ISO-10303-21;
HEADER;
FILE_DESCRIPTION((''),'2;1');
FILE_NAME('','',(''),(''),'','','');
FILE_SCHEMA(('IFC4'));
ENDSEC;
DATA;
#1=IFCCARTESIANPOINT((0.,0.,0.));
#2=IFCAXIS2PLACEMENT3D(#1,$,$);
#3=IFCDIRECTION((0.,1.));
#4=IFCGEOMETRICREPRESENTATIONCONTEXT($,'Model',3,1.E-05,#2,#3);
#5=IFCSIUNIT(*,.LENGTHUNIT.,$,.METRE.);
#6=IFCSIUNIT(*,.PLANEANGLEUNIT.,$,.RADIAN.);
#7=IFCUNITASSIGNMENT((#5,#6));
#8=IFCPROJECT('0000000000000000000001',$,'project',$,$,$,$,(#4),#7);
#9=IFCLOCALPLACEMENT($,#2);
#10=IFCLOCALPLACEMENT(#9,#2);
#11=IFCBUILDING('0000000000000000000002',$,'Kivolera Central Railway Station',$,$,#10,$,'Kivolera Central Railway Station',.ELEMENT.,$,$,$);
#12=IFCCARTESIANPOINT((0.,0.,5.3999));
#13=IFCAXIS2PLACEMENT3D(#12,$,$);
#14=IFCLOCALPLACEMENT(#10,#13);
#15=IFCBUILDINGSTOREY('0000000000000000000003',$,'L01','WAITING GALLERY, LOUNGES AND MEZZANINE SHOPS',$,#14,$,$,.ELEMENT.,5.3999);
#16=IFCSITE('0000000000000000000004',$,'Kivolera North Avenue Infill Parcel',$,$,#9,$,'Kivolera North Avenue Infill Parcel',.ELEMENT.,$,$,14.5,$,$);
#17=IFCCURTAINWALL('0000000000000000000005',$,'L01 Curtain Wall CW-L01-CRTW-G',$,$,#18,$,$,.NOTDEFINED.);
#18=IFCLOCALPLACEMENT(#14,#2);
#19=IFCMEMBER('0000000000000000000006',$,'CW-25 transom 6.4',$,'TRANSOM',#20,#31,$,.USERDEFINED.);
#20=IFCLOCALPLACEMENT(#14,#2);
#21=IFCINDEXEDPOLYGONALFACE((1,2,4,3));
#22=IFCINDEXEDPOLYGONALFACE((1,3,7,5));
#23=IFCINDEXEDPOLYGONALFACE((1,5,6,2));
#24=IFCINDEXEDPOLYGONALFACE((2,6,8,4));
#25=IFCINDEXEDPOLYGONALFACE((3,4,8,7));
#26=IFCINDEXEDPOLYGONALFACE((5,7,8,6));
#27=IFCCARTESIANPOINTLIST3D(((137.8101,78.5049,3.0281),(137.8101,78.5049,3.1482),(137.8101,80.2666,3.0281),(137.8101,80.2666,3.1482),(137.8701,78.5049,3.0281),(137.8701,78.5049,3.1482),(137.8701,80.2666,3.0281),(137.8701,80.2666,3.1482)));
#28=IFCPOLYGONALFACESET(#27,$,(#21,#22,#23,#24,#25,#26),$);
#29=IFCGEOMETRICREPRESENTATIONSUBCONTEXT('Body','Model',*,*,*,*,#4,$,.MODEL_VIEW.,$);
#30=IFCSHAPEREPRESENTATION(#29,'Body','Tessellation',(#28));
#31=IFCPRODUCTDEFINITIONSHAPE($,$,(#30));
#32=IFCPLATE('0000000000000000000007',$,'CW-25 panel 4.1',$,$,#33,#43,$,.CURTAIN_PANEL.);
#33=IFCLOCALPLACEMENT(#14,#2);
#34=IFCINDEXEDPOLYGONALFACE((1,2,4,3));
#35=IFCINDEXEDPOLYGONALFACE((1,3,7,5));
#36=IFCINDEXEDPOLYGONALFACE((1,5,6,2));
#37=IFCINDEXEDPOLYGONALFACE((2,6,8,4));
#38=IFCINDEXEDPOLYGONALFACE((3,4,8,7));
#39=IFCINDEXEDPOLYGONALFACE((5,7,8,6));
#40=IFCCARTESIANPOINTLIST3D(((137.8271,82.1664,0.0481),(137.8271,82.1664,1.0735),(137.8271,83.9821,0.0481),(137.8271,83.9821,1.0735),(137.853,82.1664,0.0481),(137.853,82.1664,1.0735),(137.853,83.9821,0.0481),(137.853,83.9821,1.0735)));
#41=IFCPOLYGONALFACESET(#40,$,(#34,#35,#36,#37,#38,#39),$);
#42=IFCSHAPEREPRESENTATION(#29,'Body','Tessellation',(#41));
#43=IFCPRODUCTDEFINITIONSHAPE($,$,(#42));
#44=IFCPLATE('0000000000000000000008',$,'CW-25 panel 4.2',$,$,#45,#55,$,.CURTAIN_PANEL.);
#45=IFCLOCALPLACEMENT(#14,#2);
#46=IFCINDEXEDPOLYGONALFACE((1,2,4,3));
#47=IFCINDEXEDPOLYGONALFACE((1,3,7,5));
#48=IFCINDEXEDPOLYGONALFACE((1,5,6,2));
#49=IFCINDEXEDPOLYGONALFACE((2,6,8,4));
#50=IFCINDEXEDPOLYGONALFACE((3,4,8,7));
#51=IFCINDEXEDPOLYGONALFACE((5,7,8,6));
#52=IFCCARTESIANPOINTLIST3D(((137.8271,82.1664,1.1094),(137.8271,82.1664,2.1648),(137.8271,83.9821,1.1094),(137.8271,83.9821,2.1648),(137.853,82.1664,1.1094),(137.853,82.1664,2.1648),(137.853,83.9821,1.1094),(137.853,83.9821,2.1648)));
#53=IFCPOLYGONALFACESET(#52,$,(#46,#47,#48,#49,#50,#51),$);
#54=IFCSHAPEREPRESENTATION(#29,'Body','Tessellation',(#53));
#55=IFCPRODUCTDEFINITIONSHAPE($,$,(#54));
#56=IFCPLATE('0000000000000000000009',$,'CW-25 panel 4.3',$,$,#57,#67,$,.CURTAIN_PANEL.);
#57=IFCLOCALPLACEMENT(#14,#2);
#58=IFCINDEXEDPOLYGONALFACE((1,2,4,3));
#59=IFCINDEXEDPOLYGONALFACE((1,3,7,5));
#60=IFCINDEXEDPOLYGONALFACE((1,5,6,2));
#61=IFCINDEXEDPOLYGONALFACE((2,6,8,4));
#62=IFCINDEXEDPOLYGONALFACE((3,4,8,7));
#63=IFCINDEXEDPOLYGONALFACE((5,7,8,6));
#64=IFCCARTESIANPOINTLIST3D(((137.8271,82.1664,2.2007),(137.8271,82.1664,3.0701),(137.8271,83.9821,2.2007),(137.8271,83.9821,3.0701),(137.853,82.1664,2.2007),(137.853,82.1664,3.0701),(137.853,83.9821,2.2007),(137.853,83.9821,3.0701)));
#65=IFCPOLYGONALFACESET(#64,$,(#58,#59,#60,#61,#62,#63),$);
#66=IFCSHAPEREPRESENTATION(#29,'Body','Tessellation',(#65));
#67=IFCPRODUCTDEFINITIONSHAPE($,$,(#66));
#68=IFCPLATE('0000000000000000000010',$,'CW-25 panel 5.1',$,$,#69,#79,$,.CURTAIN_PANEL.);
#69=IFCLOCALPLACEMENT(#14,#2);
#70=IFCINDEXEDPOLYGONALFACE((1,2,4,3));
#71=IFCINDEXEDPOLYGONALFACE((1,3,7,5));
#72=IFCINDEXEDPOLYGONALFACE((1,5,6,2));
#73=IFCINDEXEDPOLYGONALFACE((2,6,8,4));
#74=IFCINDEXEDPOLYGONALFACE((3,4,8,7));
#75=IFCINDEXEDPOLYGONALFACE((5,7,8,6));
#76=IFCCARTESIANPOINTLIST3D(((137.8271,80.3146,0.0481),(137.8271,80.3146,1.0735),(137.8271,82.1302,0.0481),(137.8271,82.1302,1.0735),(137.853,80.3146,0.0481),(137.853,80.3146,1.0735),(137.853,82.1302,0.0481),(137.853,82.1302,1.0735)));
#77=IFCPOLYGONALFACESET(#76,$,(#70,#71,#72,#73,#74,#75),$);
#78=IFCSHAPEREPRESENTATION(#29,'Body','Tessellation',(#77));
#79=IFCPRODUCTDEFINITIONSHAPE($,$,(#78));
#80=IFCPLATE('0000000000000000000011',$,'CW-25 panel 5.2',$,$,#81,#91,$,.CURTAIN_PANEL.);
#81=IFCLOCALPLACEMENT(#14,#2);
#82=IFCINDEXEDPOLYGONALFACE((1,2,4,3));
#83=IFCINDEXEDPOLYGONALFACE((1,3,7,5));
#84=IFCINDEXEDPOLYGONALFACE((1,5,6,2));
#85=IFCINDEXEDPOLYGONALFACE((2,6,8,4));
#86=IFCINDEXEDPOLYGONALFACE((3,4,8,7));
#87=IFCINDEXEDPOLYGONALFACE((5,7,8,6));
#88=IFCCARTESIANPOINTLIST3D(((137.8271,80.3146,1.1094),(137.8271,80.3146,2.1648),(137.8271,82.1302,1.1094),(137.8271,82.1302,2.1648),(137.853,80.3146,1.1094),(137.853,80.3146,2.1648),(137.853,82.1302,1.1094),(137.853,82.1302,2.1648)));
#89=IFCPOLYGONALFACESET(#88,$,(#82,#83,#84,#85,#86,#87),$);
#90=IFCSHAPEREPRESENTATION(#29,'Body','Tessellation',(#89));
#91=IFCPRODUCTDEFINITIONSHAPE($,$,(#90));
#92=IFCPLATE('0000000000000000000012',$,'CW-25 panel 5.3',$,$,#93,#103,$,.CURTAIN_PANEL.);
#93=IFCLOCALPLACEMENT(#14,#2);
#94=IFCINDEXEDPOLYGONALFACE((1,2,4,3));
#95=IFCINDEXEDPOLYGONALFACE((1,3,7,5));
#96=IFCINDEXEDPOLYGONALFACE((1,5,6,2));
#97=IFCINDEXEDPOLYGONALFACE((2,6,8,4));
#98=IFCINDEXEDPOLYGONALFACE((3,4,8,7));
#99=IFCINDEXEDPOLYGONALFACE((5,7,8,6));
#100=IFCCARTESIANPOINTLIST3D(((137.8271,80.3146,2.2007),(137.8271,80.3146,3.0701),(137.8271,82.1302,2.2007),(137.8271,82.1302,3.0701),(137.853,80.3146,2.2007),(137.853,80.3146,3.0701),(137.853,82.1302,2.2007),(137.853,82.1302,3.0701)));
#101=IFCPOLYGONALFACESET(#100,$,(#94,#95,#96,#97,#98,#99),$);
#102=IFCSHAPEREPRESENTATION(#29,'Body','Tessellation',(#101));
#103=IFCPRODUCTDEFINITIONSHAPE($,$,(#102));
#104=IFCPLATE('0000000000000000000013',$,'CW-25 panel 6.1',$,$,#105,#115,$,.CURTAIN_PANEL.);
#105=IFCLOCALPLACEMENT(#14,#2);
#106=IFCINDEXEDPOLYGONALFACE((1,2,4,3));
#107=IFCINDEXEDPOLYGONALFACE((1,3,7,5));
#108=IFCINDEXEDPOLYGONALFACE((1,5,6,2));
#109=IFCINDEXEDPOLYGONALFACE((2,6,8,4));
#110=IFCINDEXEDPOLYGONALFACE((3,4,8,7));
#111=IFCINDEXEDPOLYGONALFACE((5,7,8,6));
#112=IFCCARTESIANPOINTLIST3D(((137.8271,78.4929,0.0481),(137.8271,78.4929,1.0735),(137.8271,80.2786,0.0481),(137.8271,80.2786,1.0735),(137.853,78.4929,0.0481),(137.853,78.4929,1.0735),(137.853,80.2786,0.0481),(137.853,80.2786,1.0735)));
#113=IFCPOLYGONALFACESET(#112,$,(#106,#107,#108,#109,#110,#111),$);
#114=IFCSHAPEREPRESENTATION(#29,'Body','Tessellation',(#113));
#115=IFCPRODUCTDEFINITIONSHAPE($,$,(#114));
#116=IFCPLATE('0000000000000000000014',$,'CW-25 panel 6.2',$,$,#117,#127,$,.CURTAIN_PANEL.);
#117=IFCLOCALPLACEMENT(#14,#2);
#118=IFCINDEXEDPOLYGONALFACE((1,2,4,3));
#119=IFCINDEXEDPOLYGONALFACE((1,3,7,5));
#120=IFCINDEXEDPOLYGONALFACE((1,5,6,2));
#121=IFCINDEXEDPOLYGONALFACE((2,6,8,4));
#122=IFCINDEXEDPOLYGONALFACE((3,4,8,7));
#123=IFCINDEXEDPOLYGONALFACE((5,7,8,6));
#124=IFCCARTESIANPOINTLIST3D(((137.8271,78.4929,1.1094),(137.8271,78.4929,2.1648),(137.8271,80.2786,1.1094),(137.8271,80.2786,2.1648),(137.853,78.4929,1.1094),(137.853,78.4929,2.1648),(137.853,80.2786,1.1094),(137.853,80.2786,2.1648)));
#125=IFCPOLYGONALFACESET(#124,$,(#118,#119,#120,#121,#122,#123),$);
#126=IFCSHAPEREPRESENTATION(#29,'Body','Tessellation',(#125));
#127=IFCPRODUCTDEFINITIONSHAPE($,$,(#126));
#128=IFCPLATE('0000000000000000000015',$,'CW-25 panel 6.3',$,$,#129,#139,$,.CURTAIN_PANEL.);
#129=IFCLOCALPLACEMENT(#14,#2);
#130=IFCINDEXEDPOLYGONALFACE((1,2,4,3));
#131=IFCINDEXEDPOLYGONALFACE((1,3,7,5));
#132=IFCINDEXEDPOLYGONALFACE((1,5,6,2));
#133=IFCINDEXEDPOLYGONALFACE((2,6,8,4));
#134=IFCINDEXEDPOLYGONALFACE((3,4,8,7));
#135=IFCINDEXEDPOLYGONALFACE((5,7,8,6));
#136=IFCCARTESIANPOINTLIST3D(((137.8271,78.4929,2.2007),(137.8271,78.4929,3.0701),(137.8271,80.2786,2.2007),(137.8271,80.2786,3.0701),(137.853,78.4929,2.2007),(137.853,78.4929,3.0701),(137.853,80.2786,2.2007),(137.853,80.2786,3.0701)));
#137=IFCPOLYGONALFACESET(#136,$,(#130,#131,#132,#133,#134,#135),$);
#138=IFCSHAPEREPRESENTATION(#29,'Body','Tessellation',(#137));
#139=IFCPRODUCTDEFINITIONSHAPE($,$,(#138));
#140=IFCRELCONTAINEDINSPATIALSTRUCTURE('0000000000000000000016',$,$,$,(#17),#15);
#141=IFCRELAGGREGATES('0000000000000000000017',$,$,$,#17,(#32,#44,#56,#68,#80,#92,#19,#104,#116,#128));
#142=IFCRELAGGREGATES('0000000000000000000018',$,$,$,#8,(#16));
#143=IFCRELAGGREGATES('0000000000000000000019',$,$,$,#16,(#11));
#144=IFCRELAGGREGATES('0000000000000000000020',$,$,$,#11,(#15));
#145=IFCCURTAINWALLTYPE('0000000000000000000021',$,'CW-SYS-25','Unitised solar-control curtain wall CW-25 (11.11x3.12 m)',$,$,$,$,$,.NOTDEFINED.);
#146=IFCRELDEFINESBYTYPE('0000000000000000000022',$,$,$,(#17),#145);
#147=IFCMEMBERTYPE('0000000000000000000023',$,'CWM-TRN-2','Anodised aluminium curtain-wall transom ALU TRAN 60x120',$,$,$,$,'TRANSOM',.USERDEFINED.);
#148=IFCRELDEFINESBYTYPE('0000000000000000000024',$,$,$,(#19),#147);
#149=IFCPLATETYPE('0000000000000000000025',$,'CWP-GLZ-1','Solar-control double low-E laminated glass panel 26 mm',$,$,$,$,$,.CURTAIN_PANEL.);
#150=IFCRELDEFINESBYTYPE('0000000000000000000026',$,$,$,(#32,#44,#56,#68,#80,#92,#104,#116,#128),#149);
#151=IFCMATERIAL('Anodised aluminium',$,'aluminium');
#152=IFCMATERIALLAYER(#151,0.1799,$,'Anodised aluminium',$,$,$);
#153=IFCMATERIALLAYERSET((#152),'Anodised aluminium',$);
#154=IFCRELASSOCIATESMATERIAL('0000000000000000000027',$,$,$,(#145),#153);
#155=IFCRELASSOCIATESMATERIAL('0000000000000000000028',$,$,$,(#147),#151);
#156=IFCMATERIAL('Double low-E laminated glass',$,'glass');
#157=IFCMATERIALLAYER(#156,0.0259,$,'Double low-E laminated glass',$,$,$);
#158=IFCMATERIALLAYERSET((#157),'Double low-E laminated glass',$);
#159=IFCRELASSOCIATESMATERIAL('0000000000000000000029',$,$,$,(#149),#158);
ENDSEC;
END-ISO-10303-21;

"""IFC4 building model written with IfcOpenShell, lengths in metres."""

from ifc_helpers import new_model, si_unit, direction, frame, origin, origin_2d, place, context, subcontext, project, spatial, rectangle, extrude, material, layer, layer_set, material_profile, profile_set, type_object, element, aggregate, save


model = new_model("IFC4")

# Units and contexts
model_context = context("Model", 3, precision=1e-05, world=origin(), true_north=direction((0.0, 1.0)))
body_context = subcontext(model_context, "Body", "Model", "MODEL_VIEW")
ifc_project = project(units=[si_unit("LENGTHUNIT", "METRE"), si_unit("PLANEANGLEUNIT", "RADIAN")], contexts=[model_context])

# Site, building, storey
site_placement = place(None, origin())
site = spatial("IfcSite", under=ifc_project, at=site_placement, Name="Kivolera North Avenue Infill Parcel", LongName="Kivolera North Avenue Infill Parcel", CompositionType="ELEMENT", RefElevation=14.5)
building_placement = place(site_placement, origin())
building = spatial("IfcBuilding", under=site, at=building_placement, Name="Kivolera Central Railway Station", LongName="Kivolera Central Railway Station", CompositionType="ELEMENT")
storey_placement = place(building_placement, frame((0.0, 0.0, 5.3999)))
storey = spatial("IfcBuildingStorey", under=building, at=storey_placement, Name="L01", Description="WAITING GALLERY, LOUNGES AND MEZZANINE SHOPS", CompositionType="ELEMENT", Elevation=5.3999)

# Curtain wall, member, plates
ifc_material_1 = material(Name="Anodised aluminium", Category="aluminium")
ifc_layer_1 = layer(ifc_material_1, 0.1799, Name="Anodised aluminium")
ifc_layer_set_1 = layer_set([ifc_layer_1], Name="Anodised aluminium")
curtain_wall_type = type_object("IfcCurtainWallType", Name="CW-SYS-25", Description="Unitised solar-control curtain wall CW-25 (11.11x3.12 m)", PredefinedType="NOTDEFINED", material=ifc_layer_set_1)
curtain_wall_placement = place(storey_placement, origin())
curtain_wall = element("IfcCurtainWall", 1, at=curtain_wall_placement, inside=storey, type_object=curtain_wall_type, Name="L01 Curtain Wall CW-L01-CRTW-G", PredefinedType="NOTDEFINED")
ifc_material_profile_1 = material_profile(ifc_material_1, rectangle(XDim=0.0601, YDim=0.1201, at=origin_2d()), Name="ALU TRAN 60x120")
ifc_profile_set_1 = profile_set([ifc_material_profile_1], Name="Anodised aluminium")
member_type_1 = type_object("IfcMemberType", Name="CWM-TRN-2", Description="Anodised aluminium curtain-wall transom ALU TRAN 60x120", ElementType="TRANSOM", PredefinedType="USERDEFINED", material=ifc_profile_set_1)
member_1_placement = place(storey_placement, frame((137.8401, 80.2666, 3.0881), z_axis=(0.0, -1.0, 0.0), x_axis=(1.0, 0.0, 0.0)))
member_1 = element("IfcMember", 2, at=member_1_placement, type_object=member_type_1, Name="CW-25 transom 6.4", ObjectType="TRANSOM", PredefinedType="USERDEFINED", context=body_context, shape_type="SweptSolid", body=[
    extrude(rectangle(XDim=0.0601, YDim=0.1201, at=origin_2d()), origin(), (0.0, 0.0, 1.0), 1.7617),
])
ifc_material_2 = material(Name="Double low-E laminated glass", Category="glass")
ifc_layer_2 = layer(ifc_material_2, 0.0259, Name="Double low-E laminated glass")
ifc_layer_set_2 = layer_set([ifc_layer_2], Name="Double low-E laminated glass")
plate_type = type_object("IfcPlateType", Name="CWP-GLZ-1", Description="Solar-control double low-E laminated glass panel 26 mm", PredefinedType="CURTAIN_PANEL", material=ifc_layer_set_2)
plate_1_placement = place(storey_placement, frame((137.8401, 83.0742, 0.0481), z_axis=(0.0, 0.0, 1.0), x_axis=(0.0, -1.0, 0.0)))
plate_1 = element("IfcPlate", 3, at=plate_1_placement, type_object=plate_type, Name="CW-25 panel 4.1", PredefinedType="CURTAIN_PANEL", context=body_context, shape_type="SweptSolid", body=[
    extrude(rectangle(XDim=1.8157, YDim=0.0259, at=origin_2d()), origin(), (0.0, 0.0, 1.0), 1.0254),
])
plate_2_placement = place(storey_placement, frame((137.8401, 83.0742, 1.1094), z_axis=(0.0, 0.0, 1.0), x_axis=(0.0, -1.0, 0.0)))
plate_2 = element("IfcPlate", 4, at=plate_2_placement, type_object=plate_type, Name="CW-25 panel 4.2", PredefinedType="CURTAIN_PANEL", context=body_context, shape_type="SweptSolid", body=[
    extrude(rectangle(XDim=1.8157, YDim=0.0259, at=origin_2d()), origin(), (0.0, 0.0, 1.0), 1.0554),
])
plate_3_placement = place(storey_placement, frame((137.8401, 83.0742, 2.2007), z_axis=(0.0, 0.0, 1.0), x_axis=(0.0, -1.0, 0.0)))
plate_3 = element("IfcPlate", 5, at=plate_3_placement, type_object=plate_type, Name="CW-25 panel 4.3", PredefinedType="CURTAIN_PANEL", context=body_context, shape_type="SweptSolid", body=[
    extrude(rectangle(XDim=1.8157, YDim=0.0259, at=origin_2d()), origin(), (0.0, 0.0, 1.0), 0.8694),
])
plate_4_placement = place(storey_placement, frame((137.8401, 81.2224, 0.0481), z_axis=(0.0, 0.0, 1.0), x_axis=(0.0, -1.0, 0.0)))
plate_4 = element("IfcPlate", 6, at=plate_4_placement, type_object=plate_type, Name="CW-25 panel 5.1", PredefinedType="CURTAIN_PANEL", context=body_context, shape_type="SweptSolid", body=[
    extrude(rectangle(XDim=1.8157, YDim=0.0259, at=origin_2d()), origin(), (0.0, 0.0, 1.0), 1.0254),
])
plate_5_placement = place(storey_placement, frame((137.8401, 81.2224, 1.1094), z_axis=(0.0, 0.0, 1.0), x_axis=(0.0, -1.0, 0.0)))
plate_5 = element("IfcPlate", 7, at=plate_5_placement, type_object=plate_type, Name="CW-25 panel 5.2", PredefinedType="CURTAIN_PANEL", context=body_context, shape_type="SweptSolid", body=[
    extrude(rectangle(XDim=1.8157, YDim=0.0259, at=origin_2d()), origin(), (0.0, 0.0, 1.0), 1.0554),
])
plate_6_placement = place(storey_placement, frame((137.8401, 81.2224, 2.2007), z_axis=(0.0, 0.0, 1.0), x_axis=(0.0, -1.0, 0.0)))
plate_6 = element("IfcPlate", 8, at=plate_6_placement, type_object=plate_type, Name="CW-25 panel 5.3", PredefinedType="CURTAIN_PANEL", context=body_context, shape_type="SweptSolid", body=[
    extrude(rectangle(XDim=1.8157, YDim=0.0259, at=origin_2d()), origin(), (0.0, 0.0, 1.0), 0.8694),
])
plate_7_placement = place(storey_placement, frame((137.8401, 79.3857, 0.0481), z_axis=(0.0, 0.0, 1.0), x_axis=(0.0, -1.0, 0.0)))
plate_7 = element("IfcPlate", 9, at=plate_7_placement, type_object=plate_type, Name="CW-25 panel 6.1", PredefinedType="CURTAIN_PANEL", context=body_context, shape_type="SweptSolid", body=[
    extrude(rectangle(XDim=1.7856, YDim=0.0259, at=origin_2d()), origin(), (0.0, 0.0, 1.0), 1.0254),
])
plate_8_placement = place(storey_placement, frame((137.8401, 79.3857, 1.1094), z_axis=(0.0, 0.0, 1.0), x_axis=(0.0, -1.0, 0.0)))
plate_8 = element("IfcPlate", 10, at=plate_8_placement, type_object=plate_type, Name="CW-25 panel 6.2", PredefinedType="CURTAIN_PANEL", context=body_context, shape_type="SweptSolid", body=[
    extrude(rectangle(XDim=1.7856, YDim=0.0259, at=origin_2d()), origin(), (0.0, 0.0, 1.0), 1.0554),
])
plate_9_placement = place(storey_placement, frame((137.8401, 79.3857, 2.2007), z_axis=(0.0, 0.0, 1.0), x_axis=(0.0, -1.0, 0.0)))
plate_9 = element("IfcPlate", 11, at=plate_9_placement, type_object=plate_type, Name="CW-25 panel 6.3", PredefinedType="CURTAIN_PANEL", context=body_context, shape_type="SweptSolid", body=[
    extrude(rectangle(XDim=1.7856, YDim=0.0259, at=origin_2d()), origin(), (0.0, 0.0, 1.0), 0.8694),
])
aggregate(curtain_wall, [plate_1, plate_2, plate_3, plate_4, plate_5, plate_6, member_1, plate_7, plate_8, plate_9])

save(model, "model.ifc")
